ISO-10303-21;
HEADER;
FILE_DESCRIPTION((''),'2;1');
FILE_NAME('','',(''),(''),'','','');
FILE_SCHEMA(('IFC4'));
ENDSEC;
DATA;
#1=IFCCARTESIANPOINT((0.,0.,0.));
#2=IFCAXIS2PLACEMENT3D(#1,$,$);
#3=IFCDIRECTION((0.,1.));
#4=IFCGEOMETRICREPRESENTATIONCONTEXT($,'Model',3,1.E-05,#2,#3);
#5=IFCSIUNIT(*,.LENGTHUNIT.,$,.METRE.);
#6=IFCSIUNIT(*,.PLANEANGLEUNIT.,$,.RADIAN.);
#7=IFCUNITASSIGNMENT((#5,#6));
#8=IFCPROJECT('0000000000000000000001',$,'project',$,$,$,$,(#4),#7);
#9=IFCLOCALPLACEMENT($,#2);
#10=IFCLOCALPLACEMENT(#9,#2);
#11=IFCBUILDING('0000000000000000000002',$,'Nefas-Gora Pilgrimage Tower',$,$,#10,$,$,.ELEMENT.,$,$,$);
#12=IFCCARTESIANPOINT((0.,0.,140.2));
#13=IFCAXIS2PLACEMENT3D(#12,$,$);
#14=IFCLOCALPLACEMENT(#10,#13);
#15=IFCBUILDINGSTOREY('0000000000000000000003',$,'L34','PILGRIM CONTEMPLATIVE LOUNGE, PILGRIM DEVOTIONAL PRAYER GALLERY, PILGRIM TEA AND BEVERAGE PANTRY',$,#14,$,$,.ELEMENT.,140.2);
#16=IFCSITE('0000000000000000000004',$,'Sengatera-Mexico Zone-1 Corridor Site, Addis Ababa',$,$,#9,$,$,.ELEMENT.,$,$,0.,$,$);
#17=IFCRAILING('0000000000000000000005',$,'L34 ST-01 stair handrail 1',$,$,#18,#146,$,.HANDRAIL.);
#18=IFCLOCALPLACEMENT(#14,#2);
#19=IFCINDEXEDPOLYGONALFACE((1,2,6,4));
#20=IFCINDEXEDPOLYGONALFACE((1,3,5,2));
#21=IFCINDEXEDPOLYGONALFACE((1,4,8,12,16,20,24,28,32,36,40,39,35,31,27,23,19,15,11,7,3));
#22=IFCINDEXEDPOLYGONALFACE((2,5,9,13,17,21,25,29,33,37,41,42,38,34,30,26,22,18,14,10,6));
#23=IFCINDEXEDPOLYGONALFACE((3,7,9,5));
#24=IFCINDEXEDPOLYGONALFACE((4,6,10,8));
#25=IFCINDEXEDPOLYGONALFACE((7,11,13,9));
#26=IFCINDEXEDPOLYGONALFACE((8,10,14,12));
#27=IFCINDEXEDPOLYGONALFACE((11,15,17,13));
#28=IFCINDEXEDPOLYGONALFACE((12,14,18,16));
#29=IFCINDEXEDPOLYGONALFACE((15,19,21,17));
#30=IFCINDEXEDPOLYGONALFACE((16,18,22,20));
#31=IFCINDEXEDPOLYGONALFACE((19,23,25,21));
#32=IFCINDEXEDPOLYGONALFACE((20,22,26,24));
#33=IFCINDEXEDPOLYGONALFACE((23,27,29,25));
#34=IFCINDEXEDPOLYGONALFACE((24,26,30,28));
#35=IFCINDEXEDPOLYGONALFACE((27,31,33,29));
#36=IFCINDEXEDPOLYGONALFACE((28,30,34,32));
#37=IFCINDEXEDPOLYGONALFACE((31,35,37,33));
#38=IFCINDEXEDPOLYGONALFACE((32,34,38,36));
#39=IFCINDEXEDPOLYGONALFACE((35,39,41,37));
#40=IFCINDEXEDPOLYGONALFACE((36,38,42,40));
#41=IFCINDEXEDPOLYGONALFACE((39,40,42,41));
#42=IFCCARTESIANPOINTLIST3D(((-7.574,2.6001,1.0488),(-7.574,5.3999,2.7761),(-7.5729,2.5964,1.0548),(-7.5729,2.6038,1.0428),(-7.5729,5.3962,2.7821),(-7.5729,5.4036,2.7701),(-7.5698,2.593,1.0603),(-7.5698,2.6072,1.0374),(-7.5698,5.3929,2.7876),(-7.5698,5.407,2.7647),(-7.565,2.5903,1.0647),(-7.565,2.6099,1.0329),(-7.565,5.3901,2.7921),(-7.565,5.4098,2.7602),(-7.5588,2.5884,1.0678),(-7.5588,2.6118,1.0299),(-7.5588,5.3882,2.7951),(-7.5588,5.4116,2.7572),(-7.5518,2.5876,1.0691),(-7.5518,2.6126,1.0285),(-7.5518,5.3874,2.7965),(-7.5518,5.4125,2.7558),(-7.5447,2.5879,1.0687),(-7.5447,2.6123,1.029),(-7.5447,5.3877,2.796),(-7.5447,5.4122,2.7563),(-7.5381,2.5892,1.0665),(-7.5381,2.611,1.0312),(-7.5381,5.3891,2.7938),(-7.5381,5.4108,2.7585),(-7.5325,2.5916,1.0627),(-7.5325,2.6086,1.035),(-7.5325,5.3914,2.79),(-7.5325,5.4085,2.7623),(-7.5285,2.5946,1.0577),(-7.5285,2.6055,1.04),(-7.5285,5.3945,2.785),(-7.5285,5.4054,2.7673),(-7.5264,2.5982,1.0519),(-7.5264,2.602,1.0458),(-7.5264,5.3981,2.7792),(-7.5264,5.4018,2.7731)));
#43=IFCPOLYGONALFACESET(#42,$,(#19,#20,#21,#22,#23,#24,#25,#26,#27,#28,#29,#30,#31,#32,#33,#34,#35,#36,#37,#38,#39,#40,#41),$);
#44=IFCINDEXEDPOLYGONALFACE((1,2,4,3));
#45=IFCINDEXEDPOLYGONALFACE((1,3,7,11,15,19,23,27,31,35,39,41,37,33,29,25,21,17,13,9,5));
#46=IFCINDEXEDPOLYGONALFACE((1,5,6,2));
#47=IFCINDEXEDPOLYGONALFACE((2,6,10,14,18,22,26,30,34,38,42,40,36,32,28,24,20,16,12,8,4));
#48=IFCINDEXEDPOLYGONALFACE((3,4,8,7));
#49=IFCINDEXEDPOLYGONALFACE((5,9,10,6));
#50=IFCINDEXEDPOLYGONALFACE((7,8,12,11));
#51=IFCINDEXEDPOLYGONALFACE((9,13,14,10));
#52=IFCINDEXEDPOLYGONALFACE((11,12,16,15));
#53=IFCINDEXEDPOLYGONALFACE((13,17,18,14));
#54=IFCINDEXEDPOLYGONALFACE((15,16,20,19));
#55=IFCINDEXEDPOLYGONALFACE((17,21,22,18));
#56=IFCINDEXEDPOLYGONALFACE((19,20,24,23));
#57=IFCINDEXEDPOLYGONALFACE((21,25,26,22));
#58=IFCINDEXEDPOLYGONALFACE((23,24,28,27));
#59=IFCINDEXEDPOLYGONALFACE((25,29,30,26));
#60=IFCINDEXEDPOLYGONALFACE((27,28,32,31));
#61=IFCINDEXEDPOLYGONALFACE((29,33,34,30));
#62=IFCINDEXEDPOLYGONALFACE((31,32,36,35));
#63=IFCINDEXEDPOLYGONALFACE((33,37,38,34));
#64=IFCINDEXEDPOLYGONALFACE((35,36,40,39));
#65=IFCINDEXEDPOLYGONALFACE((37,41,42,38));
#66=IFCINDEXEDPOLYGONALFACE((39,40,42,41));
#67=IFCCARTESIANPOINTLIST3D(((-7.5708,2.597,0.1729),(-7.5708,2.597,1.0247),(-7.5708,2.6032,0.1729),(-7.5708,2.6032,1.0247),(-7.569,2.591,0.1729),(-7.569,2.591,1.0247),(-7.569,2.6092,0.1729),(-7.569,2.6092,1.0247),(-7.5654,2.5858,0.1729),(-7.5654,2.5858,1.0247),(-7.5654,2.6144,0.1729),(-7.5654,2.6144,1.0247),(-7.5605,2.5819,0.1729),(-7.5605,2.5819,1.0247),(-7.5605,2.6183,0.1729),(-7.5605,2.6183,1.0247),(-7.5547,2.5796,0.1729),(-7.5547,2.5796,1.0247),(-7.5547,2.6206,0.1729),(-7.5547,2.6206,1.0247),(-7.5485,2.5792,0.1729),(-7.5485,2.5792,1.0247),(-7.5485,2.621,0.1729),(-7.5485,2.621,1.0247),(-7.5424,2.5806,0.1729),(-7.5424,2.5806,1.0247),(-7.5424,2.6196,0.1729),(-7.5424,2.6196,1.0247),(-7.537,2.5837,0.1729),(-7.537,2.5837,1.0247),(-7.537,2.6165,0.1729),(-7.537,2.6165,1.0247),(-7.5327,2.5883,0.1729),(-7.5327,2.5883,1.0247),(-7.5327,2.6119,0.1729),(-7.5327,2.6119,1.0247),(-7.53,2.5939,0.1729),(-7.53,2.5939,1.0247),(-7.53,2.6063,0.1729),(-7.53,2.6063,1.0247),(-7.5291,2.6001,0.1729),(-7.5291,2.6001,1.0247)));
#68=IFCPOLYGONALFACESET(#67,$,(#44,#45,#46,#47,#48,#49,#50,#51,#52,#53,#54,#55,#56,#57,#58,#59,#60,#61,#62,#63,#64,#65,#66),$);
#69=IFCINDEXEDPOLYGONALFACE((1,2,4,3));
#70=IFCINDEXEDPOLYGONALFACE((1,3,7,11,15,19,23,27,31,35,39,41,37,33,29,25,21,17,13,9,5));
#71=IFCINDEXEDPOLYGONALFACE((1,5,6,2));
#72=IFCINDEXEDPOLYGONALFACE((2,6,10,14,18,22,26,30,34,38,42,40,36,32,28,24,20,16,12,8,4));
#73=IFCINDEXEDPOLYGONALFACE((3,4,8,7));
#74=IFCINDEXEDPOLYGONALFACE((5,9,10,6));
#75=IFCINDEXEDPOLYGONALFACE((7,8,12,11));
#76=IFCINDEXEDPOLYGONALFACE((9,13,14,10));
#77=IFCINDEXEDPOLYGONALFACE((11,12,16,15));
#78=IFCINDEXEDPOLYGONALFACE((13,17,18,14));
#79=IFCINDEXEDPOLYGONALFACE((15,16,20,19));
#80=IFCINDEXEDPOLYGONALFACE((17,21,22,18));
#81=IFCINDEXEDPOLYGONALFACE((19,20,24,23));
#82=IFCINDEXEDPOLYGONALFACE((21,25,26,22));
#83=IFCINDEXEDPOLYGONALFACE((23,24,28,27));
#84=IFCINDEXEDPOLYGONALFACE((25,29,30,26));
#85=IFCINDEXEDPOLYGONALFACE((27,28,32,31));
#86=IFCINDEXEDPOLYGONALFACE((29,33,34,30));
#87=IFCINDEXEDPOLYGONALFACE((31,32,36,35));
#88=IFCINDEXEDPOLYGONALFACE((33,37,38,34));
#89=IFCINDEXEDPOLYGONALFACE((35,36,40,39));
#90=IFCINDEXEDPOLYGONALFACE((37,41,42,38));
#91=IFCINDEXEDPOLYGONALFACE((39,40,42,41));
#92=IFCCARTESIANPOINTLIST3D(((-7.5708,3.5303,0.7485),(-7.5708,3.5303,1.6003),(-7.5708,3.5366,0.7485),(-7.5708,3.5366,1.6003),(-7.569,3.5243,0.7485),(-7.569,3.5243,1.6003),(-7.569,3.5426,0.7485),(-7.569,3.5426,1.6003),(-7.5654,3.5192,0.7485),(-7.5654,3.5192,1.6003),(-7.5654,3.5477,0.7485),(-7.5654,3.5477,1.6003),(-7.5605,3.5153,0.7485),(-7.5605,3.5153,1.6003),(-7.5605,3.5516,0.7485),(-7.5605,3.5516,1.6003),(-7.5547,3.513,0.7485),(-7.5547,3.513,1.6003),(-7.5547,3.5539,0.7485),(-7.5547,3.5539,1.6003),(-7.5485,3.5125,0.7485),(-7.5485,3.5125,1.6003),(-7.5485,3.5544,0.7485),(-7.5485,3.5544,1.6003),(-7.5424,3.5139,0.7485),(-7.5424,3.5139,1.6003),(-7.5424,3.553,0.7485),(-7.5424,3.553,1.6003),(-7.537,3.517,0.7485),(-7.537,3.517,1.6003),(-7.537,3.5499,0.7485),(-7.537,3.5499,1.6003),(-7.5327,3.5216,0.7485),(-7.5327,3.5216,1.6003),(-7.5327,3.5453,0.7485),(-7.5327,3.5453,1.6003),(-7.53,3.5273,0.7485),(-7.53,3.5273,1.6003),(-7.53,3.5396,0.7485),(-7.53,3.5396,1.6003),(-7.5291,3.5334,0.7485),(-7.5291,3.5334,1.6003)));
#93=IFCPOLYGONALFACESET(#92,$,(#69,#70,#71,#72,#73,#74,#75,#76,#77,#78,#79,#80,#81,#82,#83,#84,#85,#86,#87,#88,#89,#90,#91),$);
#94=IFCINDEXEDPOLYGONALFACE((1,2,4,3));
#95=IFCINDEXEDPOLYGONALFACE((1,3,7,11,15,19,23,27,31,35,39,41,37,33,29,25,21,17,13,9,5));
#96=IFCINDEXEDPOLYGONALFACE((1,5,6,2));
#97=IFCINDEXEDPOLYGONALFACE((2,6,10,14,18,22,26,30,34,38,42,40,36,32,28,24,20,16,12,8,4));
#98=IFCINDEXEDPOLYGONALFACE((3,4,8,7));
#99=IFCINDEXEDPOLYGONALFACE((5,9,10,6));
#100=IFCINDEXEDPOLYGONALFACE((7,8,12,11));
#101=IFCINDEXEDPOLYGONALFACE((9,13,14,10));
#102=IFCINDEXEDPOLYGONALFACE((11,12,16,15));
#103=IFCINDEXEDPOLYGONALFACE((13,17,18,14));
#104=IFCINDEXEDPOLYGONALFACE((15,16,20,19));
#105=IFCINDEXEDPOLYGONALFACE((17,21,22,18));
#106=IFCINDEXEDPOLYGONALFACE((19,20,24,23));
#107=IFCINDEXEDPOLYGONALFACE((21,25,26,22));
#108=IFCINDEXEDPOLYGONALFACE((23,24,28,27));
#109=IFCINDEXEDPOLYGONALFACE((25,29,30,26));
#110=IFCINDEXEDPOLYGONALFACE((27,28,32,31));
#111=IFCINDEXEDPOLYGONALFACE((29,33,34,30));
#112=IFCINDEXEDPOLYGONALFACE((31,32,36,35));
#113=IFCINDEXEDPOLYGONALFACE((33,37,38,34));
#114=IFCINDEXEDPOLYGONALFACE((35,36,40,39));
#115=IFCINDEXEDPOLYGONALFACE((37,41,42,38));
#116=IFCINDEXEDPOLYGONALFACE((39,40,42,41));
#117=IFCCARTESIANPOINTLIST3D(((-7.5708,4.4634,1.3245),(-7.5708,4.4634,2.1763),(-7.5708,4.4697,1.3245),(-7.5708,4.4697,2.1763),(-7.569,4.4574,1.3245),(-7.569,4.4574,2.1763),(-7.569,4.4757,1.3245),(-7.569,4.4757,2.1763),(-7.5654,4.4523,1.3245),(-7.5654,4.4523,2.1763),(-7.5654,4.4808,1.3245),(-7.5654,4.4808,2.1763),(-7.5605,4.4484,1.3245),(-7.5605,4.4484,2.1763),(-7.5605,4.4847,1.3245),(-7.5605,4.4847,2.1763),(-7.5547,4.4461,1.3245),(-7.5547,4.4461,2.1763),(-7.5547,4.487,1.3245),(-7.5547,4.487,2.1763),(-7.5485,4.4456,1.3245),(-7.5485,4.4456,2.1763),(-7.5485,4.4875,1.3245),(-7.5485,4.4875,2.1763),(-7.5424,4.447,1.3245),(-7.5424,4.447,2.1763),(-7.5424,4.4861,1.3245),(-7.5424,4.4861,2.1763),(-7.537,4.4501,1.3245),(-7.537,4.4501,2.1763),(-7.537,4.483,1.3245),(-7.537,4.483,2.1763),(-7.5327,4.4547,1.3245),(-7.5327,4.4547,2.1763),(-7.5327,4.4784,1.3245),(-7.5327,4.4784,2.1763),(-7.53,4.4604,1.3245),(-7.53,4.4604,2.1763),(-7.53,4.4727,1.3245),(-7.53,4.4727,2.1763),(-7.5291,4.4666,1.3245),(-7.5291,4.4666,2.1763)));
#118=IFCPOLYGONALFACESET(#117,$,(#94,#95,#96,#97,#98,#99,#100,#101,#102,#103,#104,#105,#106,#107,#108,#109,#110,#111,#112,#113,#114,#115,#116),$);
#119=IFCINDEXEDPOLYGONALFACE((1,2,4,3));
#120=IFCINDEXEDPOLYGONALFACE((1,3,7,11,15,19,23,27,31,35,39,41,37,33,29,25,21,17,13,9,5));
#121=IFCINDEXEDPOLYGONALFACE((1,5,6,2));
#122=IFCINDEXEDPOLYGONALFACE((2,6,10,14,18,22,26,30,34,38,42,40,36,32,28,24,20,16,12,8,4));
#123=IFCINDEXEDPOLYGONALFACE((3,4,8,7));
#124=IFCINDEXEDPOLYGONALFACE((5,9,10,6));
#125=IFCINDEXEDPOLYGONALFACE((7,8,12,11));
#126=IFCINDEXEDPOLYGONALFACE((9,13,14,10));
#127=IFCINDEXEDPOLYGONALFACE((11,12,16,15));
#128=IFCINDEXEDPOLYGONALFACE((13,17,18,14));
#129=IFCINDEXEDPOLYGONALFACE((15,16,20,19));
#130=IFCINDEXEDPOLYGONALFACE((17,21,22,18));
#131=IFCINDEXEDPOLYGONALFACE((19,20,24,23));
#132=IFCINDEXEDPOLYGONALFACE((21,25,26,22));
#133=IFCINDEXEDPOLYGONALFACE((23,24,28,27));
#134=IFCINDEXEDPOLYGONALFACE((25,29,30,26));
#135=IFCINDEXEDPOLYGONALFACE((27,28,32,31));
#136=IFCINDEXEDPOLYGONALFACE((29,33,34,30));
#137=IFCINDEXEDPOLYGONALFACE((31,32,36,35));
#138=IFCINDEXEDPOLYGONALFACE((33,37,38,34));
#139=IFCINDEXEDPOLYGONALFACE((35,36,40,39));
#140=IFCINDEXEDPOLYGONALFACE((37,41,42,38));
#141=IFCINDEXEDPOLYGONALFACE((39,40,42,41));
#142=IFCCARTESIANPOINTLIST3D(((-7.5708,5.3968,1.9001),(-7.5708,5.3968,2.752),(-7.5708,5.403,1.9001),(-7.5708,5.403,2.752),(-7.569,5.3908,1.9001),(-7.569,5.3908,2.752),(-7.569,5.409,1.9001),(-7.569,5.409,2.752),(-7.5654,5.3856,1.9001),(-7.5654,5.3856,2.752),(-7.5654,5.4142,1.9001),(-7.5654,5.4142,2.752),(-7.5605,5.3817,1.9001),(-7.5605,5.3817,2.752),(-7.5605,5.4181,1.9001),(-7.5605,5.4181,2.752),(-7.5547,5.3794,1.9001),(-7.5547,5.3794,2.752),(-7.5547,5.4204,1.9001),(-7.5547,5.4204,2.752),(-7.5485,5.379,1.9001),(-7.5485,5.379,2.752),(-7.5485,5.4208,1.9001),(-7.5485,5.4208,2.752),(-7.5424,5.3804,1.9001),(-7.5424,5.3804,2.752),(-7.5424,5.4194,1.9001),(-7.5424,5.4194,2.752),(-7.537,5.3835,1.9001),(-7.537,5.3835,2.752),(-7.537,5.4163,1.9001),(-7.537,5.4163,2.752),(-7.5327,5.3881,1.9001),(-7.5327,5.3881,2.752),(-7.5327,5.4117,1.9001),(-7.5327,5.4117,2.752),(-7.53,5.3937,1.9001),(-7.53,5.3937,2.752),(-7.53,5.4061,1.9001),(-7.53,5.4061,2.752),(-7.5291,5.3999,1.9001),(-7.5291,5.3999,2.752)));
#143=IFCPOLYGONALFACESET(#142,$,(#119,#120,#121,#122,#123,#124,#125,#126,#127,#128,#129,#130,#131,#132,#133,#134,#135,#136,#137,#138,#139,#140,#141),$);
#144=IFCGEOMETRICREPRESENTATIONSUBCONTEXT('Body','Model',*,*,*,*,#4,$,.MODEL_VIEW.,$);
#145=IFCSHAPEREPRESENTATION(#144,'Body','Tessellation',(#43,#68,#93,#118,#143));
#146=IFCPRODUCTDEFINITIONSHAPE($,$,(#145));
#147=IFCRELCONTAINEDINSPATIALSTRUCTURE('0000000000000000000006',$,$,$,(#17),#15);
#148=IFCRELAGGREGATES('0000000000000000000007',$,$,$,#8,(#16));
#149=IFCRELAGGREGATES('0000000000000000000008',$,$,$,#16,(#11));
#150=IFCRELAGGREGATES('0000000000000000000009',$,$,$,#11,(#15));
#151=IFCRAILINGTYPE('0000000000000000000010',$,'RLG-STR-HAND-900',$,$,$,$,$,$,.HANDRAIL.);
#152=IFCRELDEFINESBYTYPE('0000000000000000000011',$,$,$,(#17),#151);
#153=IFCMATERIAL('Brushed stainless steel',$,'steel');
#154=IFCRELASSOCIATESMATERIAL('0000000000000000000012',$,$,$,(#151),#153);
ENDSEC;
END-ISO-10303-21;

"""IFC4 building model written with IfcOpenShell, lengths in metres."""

from ifc_helpers import new_model, si_unit, direction, frame, origin, origin_2d, place, context, subcontext, project, spatial, circle, extrude, material, type_object, element, save


model = new_model("IFC4")

# Units and contexts
model_context = context("Model", 3, precision=1e-05, world=origin(), true_north=direction((0.0, 1.0)))
body_context = subcontext(model_context, "Body", "Model", "MODEL_VIEW")
ifc_project = project(units=[si_unit("LENGTHUNIT", "METRE"), si_unit("PLANEANGLEUNIT", "RADIAN")], contexts=[model_context])

# Site, building, storey
site_placement = place(None, origin())
site = spatial("IfcSite", under=ifc_project, at=site_placement, Name="Sengatera-Mexico Zone-1 Corridor Site, Addis Ababa", CompositionType="ELEMENT", RefElevation=0.0)
building_placement = place(site_placement, origin())
building = spatial("IfcBuilding", under=site, at=building_placement, Name="Nefas-Gora Pilgrimage Tower", CompositionType="ELEMENT")
storey_placement = place(building_placement, frame((0.0, 0.0, 140.2)))
storey = spatial("IfcBuildingStorey", under=building, at=storey_placement, Name="L34", Description="PILGRIM CONTEMPLATIVE LOUNGE, PILGRIM DEVOTIONAL PRAYER GALLERY, PILGRIM TEA AND BEVERAGE PANTRY", CompositionType="ELEMENT", Elevation=140.2)

# Railing
ifc_material_1 = material(Name="Brushed stainless steel", Category="steel")
railing_type_1 = type_object("IfcRailingType", Name="RLG-STR-HAND-900", PredefinedType="HANDRAIL", material=ifc_material_1)
railing_1_placement = place(storey_placement, frame((-7.55, 2.6001, 0.1729)))
element("IfcRailing", 1, at=railing_1_placement, inside=storey, type_object=railing_type_1, Name="L34 ST-01 stair handrail 1", PredefinedType="HANDRAIL", context=body_context, shape_type="SweptSolid", body=[
    extrude(circle(Radius=0.0239, at=origin_2d()), frame((0.0, 0.0, 0.876), z_axis=(0.0, 0.851069, 0.525054), x_axis=(-1.0, 0.0, 0.0)), (0.0, 0.0, 1.0), 3.2898),
    extrude(circle(Radius=0.021, at=origin_2d()), origin(), (0.0, 0.0, 1.0), 0.8518),
    extrude(circle(Radius=0.021, at=origin_2d()), frame((0.0, 0.9333, 0.5757)), (0.0, 0.0, 1.0), 0.8518),
    extrude(circle(Radius=0.021, at=origin_2d()), frame((0.0, 1.8665, 1.1516)), (0.0, 0.0, 1.0), 0.8518),
    extrude(circle(Radius=0.021, at=origin_2d()), frame((0.0, 2.7998, 1.7273)), (0.0, 0.0, 1.0), 0.8518),
])

save(model, "model.ifc")
